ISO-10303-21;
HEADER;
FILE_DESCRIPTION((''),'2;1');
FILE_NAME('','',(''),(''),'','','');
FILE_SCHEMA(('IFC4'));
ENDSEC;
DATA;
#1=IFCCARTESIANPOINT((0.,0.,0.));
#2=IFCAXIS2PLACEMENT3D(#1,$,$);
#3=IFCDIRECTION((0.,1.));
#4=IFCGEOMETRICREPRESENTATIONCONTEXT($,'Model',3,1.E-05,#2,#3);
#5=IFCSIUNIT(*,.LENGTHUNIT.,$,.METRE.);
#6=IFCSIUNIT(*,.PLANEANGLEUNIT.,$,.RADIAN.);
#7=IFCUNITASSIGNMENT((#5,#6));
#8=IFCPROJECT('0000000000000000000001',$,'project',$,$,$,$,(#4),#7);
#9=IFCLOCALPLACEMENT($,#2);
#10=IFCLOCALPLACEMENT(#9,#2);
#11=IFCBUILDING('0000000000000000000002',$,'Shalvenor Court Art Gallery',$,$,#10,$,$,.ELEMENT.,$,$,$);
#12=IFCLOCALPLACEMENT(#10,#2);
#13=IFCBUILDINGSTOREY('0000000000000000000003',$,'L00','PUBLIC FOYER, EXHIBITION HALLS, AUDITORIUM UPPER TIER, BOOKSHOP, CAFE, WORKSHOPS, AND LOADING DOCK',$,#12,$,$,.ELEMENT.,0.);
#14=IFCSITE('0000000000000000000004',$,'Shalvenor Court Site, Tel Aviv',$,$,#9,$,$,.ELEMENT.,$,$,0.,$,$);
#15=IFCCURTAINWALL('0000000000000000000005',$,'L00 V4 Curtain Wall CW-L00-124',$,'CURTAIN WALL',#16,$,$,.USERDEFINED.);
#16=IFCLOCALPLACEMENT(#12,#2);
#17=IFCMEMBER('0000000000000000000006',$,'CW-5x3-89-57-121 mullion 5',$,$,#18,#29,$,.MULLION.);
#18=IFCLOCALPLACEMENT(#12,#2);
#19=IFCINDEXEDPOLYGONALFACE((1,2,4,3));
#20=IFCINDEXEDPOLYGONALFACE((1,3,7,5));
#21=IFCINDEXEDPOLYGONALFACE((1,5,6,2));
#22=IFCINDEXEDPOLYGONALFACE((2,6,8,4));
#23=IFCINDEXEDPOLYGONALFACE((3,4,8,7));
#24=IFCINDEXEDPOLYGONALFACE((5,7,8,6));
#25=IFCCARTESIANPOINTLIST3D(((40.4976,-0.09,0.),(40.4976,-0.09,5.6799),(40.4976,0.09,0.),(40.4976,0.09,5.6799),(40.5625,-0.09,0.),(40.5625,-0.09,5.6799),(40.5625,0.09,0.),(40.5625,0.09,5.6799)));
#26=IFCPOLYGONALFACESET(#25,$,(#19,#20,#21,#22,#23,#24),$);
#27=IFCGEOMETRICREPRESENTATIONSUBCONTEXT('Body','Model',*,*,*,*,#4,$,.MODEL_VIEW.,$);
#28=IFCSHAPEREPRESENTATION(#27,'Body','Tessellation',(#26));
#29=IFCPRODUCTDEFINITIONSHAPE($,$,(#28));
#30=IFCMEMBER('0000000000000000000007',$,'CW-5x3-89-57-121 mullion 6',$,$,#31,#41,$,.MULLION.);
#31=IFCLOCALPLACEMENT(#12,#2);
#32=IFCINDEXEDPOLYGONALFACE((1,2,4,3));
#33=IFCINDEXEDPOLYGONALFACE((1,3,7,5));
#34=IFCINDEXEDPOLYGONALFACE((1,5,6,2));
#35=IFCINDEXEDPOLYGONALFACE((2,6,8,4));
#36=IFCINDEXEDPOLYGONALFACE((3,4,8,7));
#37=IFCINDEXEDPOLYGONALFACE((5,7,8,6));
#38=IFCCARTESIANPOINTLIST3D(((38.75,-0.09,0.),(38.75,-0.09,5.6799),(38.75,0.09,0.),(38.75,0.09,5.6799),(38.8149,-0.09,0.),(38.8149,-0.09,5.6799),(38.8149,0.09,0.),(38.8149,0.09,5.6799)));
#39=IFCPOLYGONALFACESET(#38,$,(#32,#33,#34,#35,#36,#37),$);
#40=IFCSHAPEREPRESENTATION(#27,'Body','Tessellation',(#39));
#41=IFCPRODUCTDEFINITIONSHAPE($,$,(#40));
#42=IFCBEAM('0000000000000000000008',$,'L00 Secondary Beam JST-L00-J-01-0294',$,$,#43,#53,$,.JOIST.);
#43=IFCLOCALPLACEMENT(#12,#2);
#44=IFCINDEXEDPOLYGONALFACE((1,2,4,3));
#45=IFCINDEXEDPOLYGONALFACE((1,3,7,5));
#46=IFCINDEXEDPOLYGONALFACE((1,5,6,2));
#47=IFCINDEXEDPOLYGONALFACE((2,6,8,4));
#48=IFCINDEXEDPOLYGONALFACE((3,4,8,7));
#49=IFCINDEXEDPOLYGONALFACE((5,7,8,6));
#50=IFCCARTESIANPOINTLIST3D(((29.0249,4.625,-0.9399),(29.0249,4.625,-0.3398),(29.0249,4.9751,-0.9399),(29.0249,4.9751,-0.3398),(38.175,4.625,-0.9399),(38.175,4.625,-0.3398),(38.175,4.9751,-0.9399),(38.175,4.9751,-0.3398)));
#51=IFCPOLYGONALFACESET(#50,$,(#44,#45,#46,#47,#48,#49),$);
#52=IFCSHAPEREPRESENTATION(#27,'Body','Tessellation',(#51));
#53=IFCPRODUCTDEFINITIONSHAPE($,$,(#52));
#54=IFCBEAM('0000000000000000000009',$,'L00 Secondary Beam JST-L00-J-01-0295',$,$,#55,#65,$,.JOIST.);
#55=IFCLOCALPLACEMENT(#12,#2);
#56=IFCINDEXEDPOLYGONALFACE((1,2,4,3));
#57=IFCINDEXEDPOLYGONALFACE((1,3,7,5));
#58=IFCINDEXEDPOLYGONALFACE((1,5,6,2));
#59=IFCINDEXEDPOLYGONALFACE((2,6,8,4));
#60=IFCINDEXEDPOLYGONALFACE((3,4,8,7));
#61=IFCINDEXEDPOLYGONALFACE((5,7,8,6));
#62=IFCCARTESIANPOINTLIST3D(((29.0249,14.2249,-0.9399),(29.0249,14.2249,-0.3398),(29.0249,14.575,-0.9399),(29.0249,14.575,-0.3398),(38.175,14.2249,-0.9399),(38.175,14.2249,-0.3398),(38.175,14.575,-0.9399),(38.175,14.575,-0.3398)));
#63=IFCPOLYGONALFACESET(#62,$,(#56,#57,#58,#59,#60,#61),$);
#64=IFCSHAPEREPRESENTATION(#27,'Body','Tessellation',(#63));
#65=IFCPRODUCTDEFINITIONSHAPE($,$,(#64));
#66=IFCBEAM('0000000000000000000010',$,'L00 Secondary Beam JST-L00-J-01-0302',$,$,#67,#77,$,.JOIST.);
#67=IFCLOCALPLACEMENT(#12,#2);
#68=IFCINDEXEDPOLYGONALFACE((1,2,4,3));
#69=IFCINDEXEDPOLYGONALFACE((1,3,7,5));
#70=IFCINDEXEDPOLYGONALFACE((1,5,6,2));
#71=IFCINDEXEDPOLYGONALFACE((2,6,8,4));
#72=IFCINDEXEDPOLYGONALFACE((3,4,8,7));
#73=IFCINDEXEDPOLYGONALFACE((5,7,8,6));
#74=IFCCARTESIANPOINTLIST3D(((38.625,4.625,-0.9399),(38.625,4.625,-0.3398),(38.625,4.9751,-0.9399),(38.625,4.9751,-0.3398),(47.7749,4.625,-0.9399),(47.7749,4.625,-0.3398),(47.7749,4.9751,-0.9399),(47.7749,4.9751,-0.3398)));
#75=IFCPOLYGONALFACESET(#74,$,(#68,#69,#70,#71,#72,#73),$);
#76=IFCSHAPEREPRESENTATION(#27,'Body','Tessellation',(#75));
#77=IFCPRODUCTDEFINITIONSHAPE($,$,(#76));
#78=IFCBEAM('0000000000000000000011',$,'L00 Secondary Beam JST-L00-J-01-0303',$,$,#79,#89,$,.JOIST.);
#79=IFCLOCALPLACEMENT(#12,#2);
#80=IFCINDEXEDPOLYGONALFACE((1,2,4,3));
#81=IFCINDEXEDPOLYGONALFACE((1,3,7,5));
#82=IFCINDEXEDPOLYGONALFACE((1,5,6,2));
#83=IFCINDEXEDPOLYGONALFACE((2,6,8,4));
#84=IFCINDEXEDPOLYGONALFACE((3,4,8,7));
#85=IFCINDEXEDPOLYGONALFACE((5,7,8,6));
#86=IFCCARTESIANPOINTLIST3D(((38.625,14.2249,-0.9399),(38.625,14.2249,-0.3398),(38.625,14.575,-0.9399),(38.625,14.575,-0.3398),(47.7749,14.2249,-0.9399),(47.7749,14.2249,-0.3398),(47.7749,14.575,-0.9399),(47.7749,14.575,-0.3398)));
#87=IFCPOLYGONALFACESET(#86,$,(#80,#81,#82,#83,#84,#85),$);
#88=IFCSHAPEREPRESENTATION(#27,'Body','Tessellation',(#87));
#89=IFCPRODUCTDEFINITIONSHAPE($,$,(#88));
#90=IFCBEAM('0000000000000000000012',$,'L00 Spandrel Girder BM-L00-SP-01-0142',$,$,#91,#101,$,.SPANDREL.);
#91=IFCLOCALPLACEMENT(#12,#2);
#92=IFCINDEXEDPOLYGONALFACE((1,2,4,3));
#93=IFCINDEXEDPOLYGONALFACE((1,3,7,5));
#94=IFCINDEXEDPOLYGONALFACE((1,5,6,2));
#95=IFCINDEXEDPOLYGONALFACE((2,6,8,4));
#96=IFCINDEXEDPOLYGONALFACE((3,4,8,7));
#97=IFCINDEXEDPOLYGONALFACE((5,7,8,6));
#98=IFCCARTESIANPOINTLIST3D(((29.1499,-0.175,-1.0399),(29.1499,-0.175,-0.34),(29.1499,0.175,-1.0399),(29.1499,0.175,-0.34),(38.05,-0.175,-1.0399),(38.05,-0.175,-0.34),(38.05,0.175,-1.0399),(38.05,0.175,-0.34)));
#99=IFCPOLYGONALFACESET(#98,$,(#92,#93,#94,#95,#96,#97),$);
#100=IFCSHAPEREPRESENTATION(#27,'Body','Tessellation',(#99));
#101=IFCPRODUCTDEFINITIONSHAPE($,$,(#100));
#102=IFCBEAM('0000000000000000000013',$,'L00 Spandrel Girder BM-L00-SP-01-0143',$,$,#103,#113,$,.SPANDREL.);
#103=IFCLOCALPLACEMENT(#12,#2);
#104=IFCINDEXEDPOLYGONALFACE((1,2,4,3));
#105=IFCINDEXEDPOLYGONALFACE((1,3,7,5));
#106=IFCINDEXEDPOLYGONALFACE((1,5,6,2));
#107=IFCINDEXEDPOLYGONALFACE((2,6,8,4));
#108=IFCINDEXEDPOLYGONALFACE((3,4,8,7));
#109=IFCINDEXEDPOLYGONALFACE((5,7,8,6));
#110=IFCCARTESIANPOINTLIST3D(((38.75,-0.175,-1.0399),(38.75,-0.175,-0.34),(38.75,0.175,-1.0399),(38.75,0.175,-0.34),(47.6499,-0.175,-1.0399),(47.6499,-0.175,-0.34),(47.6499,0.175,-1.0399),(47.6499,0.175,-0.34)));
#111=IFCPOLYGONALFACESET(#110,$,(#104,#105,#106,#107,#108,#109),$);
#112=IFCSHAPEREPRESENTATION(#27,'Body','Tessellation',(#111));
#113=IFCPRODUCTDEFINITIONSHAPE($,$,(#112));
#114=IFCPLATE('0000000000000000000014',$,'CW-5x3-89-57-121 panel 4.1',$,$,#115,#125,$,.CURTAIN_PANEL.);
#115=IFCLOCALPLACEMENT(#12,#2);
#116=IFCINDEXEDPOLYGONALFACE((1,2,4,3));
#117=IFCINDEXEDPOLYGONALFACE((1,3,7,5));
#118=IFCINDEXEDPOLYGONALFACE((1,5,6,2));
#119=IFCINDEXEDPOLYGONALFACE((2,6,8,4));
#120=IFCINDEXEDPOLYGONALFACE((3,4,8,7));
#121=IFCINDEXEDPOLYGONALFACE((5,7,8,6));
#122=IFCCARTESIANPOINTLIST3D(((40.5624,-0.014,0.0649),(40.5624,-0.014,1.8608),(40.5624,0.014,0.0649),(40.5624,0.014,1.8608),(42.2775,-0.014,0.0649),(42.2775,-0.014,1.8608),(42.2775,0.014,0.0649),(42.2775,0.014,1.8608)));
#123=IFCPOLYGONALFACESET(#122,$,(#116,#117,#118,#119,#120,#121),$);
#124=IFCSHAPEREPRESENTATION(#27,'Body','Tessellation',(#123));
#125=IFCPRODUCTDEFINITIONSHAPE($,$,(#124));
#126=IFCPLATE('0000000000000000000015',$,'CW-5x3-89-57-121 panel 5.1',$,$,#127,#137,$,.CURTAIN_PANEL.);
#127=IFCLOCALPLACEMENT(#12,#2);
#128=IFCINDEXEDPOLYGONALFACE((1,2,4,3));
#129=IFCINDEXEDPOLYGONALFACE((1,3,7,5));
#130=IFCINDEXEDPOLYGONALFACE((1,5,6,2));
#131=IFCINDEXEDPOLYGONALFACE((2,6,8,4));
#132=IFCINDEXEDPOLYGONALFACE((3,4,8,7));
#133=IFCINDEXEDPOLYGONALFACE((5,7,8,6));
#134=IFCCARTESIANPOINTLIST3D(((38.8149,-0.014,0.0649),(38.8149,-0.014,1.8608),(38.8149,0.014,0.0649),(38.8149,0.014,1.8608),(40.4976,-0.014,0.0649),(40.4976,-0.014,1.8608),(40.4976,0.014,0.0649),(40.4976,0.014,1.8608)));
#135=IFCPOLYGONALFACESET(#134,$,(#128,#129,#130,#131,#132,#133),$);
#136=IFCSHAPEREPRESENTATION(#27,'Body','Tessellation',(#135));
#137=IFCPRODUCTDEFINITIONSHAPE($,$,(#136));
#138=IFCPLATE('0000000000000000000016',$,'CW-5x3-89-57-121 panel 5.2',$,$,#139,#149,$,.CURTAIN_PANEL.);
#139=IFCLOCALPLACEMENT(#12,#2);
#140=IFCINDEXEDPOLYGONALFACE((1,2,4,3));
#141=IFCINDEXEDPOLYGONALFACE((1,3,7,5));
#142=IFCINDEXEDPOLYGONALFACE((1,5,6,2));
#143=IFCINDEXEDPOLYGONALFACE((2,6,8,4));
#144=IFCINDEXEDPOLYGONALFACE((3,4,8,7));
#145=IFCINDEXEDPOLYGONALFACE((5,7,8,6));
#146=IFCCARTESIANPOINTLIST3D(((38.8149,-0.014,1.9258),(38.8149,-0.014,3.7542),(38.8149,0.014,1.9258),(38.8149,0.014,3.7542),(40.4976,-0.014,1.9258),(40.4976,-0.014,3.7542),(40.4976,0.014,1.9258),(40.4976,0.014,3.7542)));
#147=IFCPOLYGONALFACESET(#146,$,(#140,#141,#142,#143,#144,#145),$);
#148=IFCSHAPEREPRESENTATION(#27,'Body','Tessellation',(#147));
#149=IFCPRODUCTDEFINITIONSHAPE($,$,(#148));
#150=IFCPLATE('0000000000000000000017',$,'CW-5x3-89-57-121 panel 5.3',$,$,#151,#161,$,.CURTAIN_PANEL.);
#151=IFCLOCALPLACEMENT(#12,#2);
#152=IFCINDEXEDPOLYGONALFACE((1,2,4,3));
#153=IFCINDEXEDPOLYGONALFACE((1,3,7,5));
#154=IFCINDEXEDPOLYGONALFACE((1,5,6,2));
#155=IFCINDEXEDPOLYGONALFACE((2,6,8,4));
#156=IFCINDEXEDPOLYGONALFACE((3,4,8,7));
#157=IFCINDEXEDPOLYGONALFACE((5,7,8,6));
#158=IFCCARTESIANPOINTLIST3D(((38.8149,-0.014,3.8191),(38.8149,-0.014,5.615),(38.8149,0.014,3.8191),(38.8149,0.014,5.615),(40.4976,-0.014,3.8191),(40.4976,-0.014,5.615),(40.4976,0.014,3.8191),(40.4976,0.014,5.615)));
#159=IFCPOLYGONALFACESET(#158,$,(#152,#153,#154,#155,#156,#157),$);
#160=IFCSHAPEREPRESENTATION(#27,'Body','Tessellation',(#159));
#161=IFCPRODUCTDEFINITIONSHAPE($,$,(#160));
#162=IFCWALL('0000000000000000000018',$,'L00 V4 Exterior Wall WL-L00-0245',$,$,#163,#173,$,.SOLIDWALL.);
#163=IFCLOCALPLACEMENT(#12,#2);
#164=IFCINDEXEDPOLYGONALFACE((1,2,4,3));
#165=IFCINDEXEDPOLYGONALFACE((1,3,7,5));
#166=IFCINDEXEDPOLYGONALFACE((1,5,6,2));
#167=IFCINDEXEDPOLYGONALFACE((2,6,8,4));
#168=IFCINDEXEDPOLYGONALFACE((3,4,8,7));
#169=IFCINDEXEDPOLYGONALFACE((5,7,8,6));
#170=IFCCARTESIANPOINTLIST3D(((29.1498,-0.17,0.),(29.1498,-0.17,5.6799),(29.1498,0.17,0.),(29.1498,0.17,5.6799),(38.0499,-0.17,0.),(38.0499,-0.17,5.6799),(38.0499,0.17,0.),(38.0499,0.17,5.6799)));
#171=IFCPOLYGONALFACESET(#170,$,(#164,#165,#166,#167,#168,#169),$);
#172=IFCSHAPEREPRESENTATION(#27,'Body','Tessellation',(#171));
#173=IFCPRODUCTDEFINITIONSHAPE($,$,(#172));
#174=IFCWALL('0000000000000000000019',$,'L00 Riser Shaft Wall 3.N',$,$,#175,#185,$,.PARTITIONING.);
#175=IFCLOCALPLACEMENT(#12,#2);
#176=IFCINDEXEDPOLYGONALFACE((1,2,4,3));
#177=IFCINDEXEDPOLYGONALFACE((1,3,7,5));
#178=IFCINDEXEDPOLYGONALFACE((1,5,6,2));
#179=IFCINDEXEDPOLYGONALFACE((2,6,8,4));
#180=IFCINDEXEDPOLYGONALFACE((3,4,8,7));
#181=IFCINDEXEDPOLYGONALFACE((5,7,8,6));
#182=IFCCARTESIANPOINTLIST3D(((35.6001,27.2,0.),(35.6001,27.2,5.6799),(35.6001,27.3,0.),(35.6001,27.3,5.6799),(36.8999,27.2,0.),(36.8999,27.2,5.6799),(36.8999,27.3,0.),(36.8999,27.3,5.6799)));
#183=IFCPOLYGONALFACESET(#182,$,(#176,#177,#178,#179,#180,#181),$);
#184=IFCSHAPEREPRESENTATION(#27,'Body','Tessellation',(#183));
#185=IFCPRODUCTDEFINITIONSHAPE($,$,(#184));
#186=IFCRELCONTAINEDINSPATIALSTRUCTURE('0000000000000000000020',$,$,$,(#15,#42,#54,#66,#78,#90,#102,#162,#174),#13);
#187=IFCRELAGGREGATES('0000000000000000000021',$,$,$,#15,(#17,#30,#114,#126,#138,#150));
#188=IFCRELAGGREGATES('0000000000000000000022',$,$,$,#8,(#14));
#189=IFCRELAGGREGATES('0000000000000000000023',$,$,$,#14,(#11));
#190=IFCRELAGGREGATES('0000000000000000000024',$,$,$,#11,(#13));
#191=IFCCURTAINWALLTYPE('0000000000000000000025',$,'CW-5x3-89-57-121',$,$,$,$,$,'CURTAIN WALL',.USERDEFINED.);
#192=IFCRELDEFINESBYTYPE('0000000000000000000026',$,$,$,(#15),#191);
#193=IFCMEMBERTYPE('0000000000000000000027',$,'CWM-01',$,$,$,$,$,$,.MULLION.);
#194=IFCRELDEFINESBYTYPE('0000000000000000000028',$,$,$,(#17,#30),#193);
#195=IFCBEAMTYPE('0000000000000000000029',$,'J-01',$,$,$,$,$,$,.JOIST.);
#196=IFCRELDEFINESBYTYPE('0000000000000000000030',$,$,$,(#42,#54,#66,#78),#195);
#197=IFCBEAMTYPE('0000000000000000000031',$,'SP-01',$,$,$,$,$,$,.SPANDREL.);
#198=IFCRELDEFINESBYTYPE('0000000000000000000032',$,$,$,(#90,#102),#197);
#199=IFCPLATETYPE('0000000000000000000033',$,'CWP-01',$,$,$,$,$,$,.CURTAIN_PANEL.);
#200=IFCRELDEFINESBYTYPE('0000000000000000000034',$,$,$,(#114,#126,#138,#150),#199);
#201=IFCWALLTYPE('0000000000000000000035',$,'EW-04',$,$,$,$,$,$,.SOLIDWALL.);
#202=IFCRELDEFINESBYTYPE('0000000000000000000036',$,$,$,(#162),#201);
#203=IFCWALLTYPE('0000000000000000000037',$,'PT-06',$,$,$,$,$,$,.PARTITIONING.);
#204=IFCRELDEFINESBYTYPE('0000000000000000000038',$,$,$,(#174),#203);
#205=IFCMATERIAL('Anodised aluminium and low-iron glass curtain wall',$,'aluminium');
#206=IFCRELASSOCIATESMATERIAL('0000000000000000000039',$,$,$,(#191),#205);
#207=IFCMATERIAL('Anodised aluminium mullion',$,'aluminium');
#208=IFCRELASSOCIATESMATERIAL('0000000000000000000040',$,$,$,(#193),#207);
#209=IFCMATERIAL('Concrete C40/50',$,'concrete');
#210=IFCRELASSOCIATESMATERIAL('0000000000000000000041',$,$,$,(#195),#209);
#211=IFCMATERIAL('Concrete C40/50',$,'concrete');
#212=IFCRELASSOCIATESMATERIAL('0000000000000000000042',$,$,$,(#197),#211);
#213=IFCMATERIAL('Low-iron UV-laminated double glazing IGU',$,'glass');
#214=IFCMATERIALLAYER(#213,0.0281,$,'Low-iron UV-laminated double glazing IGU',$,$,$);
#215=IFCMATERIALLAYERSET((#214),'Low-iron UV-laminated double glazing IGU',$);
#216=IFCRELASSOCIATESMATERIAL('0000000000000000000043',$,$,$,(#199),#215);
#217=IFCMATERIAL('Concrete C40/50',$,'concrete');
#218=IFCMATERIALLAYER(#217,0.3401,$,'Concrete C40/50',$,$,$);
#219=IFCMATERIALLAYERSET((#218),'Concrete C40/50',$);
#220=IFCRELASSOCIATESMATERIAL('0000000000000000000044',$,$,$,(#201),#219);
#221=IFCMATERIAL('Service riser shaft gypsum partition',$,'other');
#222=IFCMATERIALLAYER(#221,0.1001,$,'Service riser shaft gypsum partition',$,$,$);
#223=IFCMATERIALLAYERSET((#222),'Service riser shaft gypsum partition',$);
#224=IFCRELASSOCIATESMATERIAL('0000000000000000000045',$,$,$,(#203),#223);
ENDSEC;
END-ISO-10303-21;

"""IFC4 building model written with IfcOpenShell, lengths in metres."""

from ifc_helpers import new_model, si_unit, direction, frame, frame_2d, origin, origin_2d, place, context, subcontext, project, spatial, rectangle, extrude, material, layer, layer_set, material_profile, profile_set, type_object, element, aggregate, save


model = new_model("IFC4")

# Units and contexts
model_context = context("Model", 3, precision=1e-05, world=origin(), true_north=direction((0.0, 1.0)))
body_context = subcontext(model_context, "Body", "Model", "MODEL_VIEW")
ifc_project = project(units=[si_unit("LENGTHUNIT", "METRE"), si_unit("PLANEANGLEUNIT", "RADIAN")], contexts=[model_context])

# Site, building, storey
site_placement = place(None, origin())
site = spatial("IfcSite", under=ifc_project, at=site_placement, Name="Shalvenor Court Site, Tel Aviv", CompositionType="ELEMENT", RefElevation=0.0)
building_placement = place(site_placement, origin())
building = spatial("IfcBuilding", under=site, at=building_placement, Name="Shalvenor Court Art Gallery", CompositionType="ELEMENT")
storey_placement = place(building_placement, origin())
storey = spatial("IfcBuildingStorey", under=building, at=storey_placement, Name="L00", Description="PUBLIC FOYER, EXHIBITION HALLS, AUDITORIUM UPPER TIER, BOOKSHOP, CAFE, WORKSHOPS, AND LOADING DOCK", CompositionType="ELEMENT", Elevation=0.0)

# Curtain wall, members
ifc_material_1 = material(Name="Anodised aluminium and low-iron glass curtain wall", Category="aluminium")
curtain_wall_type = type_object("IfcCurtainWallType", Name="CW-5x3-89-57-121", ElementType="CURTAIN WALL", PredefinedType="USERDEFINED", material=ifc_material_1)
curtain_wall_placement = place(storey_placement, origin())
curtain_wall = element("IfcCurtainWall", 1, at=curtain_wall_placement, inside=storey, type_object=curtain_wall_type, Name="L00 V4 Curtain Wall CW-L00-124", ObjectType="CURTAIN WALL", PredefinedType="USERDEFINED")
ifc_material_2 = material(Name="Anodised aluminium mullion", Category="aluminium")
ifc_material_profile_1 = material_profile(ifc_material_2, rectangle(XDim=0.0649, YDim=0.1799, at=origin_2d()), Name="CWM-01")
ifc_profile_set_1 = profile_set([ifc_material_profile_1], Name="Anodised aluminium mullion")
member_type = type_object("IfcMemberType", Name="CWM-01", PredefinedType="MULLION", material=ifc_profile_set_1)
member_1_placement = place(storey_placement, frame((40.53, 0.0, 0.0), z_axis=(0.0, 0.0, 1.0), x_axis=(-1.0, 0.0, 0.0)))
member_1 = element("IfcMember", 2, at=member_1_placement, type_object=member_type, Name="CW-5x3-89-57-121 mullion 5", PredefinedType="MULLION", context=body_context, shape_type="SweptSolid", body=[
    extrude(rectangle(XDim=0.0649, YDim=0.1799, at=origin_2d()), origin(), (0.0, 0.0, 1.0), 5.6799),
])
member_2_placement = place(storey_placement, frame((38.7825, 0.0, 0.0), z_axis=(0.0, 0.0, 1.0), x_axis=(-1.0, 0.0, 0.0)))
member_2 = element("IfcMember", 3, at=member_2_placement, type_object=member_type, Name="CW-5x3-89-57-121 mullion 6", PredefinedType="MULLION", context=body_context, shape_type="SweptSolid", body=[
    extrude(rectangle(XDim=0.0649, YDim=0.1799, at=origin_2d()), origin(), (0.0, 0.0, 1.0), 5.6799),
])

# Beams
ifc_material_3 = material(Name="Concrete C40/50", Category="concrete")
ifc_material_profile_2 = material_profile(ifc_material_3, rectangle(XDim=0.3501, YDim=0.6001, at=origin_2d()), Name="RC 350x600")
ifc_profile_set_2 = profile_set([ifc_material_profile_2], Name="Concrete C40/50")
beam_type_1 = type_object("IfcBeamType", Name="J-01", PredefinedType="JOIST", material=ifc_profile_set_2)
for number, where, z_axis, x_axis, name in (
    (4, (29.0249, 4.8, -0.6399), (1.0, 0.0, 0.0), (0.0, 1.0, 0.0), "L00 Secondary Beam JST-L00-J-01-0294"),
    (5, (29.0249, 14.3999, -0.6399), (1.0, 0.0, 0.0), (0.0, 1.0, 0.0), "L00 Secondary Beam JST-L00-J-01-0295"),
):
    element("IfcBeam", number, at=place(storey_placement, frame(where, z_axis=z_axis, x_axis=x_axis)), inside=storey, type_object=beam_type_1, Name=name, PredefinedType="JOIST", context=body_context, shape_type="SweptSolid", body=[
        extrude(rectangle(XDim=0.3501, YDim=0.6001, at=origin_2d()), origin(), (0.0, 0.0, 1.0), 9.1501),
    ])
for number, where, z_axis, x_axis, name in (
    (6, (38.625, 4.8, -0.6399), (1.0, 0.0, 0.0), (0.0, 1.0, 0.0), "L00 Secondary Beam JST-L00-J-01-0302"),
    (7, (38.625, 14.3999, -0.6399), (1.0, 0.0, 0.0), (0.0, 1.0, 0.0), "L00 Secondary Beam JST-L00-J-01-0303"),
):
    element("IfcBeam", number, at=place(storey_placement, frame(where, z_axis=z_axis, x_axis=x_axis)), inside=storey, type_object=beam_type_1, Name=name, PredefinedType="JOIST", context=body_context, shape_type="SweptSolid", body=[
        extrude(rectangle(XDim=0.3501, YDim=0.6001, at=origin_2d()), origin(), (0.0, 0.0, 1.0), 9.1499),
    ])
ifc_material_4 = material(Name="Concrete C40/50", Category="concrete")
ifc_material_profile_3 = material_profile(ifc_material_4, rectangle(XDim=0.3501, YDim=0.7, at=origin_2d()), Name="RC 350x700")
ifc_profile_set_3 = profile_set([ifc_material_profile_3], Name="Concrete C40/50")
beam_type_2 = type_object("IfcBeamType", Name="SP-01", PredefinedType="SPANDREL", material=ifc_profile_set_3)
beam_1_placement = place(storey_placement, frame((29.1499, 0.0, -0.6899), z_axis=(1.0, 0.0, 0.0), x_axis=(0.0, 1.0, 0.0)))
element("IfcBeam", 8, at=beam_1_placement, inside=storey, type_object=beam_type_2, Name="L00 Spandrel Girder BM-L00-SP-01-0142", PredefinedType="SPANDREL", context=body_context, shape_type="SweptSolid", body=[
    extrude(rectangle(XDim=0.3501, YDim=0.7, at=origin_2d()), origin(), (0.0, 0.0, 1.0), 8.9001),
])
beam_2_placement = place(storey_placement, frame((38.75, 0.0, -0.6899), z_axis=(1.0, 0.0, 0.0), x_axis=(0.0, 1.0, 0.0)))
element("IfcBeam", 9, at=beam_2_placement, inside=storey, type_object=beam_type_2, Name="L00 Spandrel Girder BM-L00-SP-01-0143", PredefinedType="SPANDREL", context=body_context, shape_type="SweptSolid", body=[
    extrude(rectangle(XDim=0.3501, YDim=0.7, at=origin_2d()), origin(), (0.0, 0.0, 1.0), 8.8999),
])

# Plates
ifc_material_5 = material(Name="Low-iron UV-laminated double glazing IGU", Category="glass")
ifc_layer_1 = layer(ifc_material_5, 0.0281, Name="Low-iron UV-laminated double glazing IGU")
ifc_layer_set_1 = layer_set([ifc_layer_1], Name="Low-iron UV-laminated double glazing IGU")
plate_type = type_object("IfcPlateType", Name="CWP-01", PredefinedType="CURTAIN_PANEL", material=ifc_layer_set_1)
plate_1_placement = place(storey_placement, frame((41.4199, 0.0, 0.0649), z_axis=(0.0, 0.0, 1.0), x_axis=(-1.0, 0.0, 0.0)))
plate_1 = element("IfcPlate", 10, at=plate_1_placement, type_object=plate_type, Name="CW-5x3-89-57-121 panel 4.1", PredefinedType="CURTAIN_PANEL", context=body_context, shape_type="SweptSolid", body=[
    extrude(rectangle(XDim=1.7151, YDim=0.0281, at=origin_2d()), origin(), (0.0, 0.0, 1.0), 1.7959),
])
plate_2_placement = place(storey_placement, frame((39.6562, 0.0, 0.0649), z_axis=(0.0, 0.0, 1.0), x_axis=(-1.0, 0.0, 0.0)))
plate_2 = element("IfcPlate", 11, at=plate_2_placement, type_object=plate_type, Name="CW-5x3-89-57-121 panel 5.1", PredefinedType="CURTAIN_PANEL", context=body_context, shape_type="SweptSolid", body=[
    extrude(rectangle(XDim=1.6826, YDim=0.0281, at=origin_2d()), origin(), (0.0, 0.0, 1.0), 1.7959),
])
plate_3_placement = place(storey_placement, frame((39.6562, 0.0, 1.9258), z_axis=(0.0, 0.0, 1.0), x_axis=(-1.0, 0.0, 0.0)))
plate_3 = element("IfcPlate", 12, at=plate_3_placement, type_object=plate_type, Name="CW-5x3-89-57-121 panel 5.2", PredefinedType="CURTAIN_PANEL", context=body_context, shape_type="SweptSolid", body=[
    extrude(rectangle(XDim=1.6826, YDim=0.0281, at=origin_2d()), origin(), (0.0, 0.0, 1.0), 1.8284),
])
plate_4_placement = place(storey_placement, frame((39.6562, 0.0, 3.8191), z_axis=(0.0, 0.0, 1.0), x_axis=(-1.0, 0.0, 0.0)))
plate_4 = element("IfcPlate", 13, at=plate_4_placement, type_object=plate_type, Name="CW-5x3-89-57-121 panel 5.3", PredefinedType="CURTAIN_PANEL", context=body_context, shape_type="SweptSolid", body=[
    extrude(rectangle(XDim=1.6826, YDim=0.0281, at=origin_2d()), origin(), (0.0, 0.0, 1.0), 1.7959),
])
aggregate(curtain_wall, [member_1, member_2, plate_1, plate_2, plate_3, plate_4])

# Walls
ifc_material_6 = material(Name="Concrete C40/50", Category="concrete")
ifc_layer_2 = layer(ifc_material_6, 0.3401, Name="Concrete C40/50")
ifc_layer_set_2 = layer_set([ifc_layer_2], Name="Concrete C40/50")
wall_type_1 = type_object("IfcWallType", Name="EW-04", PredefinedType="SOLIDWALL", material=ifc_layer_set_2)
wall_placement = place(storey_placement, frame((38.05, 0.0, 0.0), z_axis=(0.0, 0.0, 1.0), x_axis=(-1.0, 0.0, 0.0)))
element("IfcWall", 14, at=wall_placement, inside=storey, type_object=wall_type_1, Name="L00 V4 Exterior Wall WL-L00-0245", PredefinedType="SOLIDWALL", context=body_context, shape_type="SweptSolid", body=[
    extrude(rectangle(XDim=8.9001, YDim=0.3401, at=frame_2d((4.4502, 0.0))), origin(), (0.0, 0.0, 1.0), 5.6799),
])
ifc_material_7 = material(Name="Service riser shaft gypsum partition", Category="other")
ifc_layer_3 = layer(ifc_material_7, 0.1001, Name="Service riser shaft gypsum partition")
ifc_layer_set_3 = layer_set([ifc_layer_3], Name="Service riser shaft gypsum partition")
wall_type_2 = type_object("IfcWallType", Name="PT-06", PredefinedType="PARTITIONING", material=ifc_layer_set_3)
for number, where, z_axis, x_axis, name in (
    (15, (35.6001, 27.25, 0.0), (0.0, 0.0, 1.0), (1.0, 0.0, 0.0), "L00 Riser Shaft Wall 3.N"),
):
    element("IfcWall", number, at=place(storey_placement, frame(where, z_axis=z_axis, x_axis=x_axis)), inside=storey, type_object=wall_type_2, Name=name, PredefinedType="PARTITIONING", context=body_context, shape_type="SweptSolid", body=[
        extrude(rectangle(XDim=1.2998, YDim=0.1001, at=frame_2d((0.6499, 0.0))), origin(), (0.0, 0.0, 1.0), 5.6799),
    ])

save(model, "model.ifc")
